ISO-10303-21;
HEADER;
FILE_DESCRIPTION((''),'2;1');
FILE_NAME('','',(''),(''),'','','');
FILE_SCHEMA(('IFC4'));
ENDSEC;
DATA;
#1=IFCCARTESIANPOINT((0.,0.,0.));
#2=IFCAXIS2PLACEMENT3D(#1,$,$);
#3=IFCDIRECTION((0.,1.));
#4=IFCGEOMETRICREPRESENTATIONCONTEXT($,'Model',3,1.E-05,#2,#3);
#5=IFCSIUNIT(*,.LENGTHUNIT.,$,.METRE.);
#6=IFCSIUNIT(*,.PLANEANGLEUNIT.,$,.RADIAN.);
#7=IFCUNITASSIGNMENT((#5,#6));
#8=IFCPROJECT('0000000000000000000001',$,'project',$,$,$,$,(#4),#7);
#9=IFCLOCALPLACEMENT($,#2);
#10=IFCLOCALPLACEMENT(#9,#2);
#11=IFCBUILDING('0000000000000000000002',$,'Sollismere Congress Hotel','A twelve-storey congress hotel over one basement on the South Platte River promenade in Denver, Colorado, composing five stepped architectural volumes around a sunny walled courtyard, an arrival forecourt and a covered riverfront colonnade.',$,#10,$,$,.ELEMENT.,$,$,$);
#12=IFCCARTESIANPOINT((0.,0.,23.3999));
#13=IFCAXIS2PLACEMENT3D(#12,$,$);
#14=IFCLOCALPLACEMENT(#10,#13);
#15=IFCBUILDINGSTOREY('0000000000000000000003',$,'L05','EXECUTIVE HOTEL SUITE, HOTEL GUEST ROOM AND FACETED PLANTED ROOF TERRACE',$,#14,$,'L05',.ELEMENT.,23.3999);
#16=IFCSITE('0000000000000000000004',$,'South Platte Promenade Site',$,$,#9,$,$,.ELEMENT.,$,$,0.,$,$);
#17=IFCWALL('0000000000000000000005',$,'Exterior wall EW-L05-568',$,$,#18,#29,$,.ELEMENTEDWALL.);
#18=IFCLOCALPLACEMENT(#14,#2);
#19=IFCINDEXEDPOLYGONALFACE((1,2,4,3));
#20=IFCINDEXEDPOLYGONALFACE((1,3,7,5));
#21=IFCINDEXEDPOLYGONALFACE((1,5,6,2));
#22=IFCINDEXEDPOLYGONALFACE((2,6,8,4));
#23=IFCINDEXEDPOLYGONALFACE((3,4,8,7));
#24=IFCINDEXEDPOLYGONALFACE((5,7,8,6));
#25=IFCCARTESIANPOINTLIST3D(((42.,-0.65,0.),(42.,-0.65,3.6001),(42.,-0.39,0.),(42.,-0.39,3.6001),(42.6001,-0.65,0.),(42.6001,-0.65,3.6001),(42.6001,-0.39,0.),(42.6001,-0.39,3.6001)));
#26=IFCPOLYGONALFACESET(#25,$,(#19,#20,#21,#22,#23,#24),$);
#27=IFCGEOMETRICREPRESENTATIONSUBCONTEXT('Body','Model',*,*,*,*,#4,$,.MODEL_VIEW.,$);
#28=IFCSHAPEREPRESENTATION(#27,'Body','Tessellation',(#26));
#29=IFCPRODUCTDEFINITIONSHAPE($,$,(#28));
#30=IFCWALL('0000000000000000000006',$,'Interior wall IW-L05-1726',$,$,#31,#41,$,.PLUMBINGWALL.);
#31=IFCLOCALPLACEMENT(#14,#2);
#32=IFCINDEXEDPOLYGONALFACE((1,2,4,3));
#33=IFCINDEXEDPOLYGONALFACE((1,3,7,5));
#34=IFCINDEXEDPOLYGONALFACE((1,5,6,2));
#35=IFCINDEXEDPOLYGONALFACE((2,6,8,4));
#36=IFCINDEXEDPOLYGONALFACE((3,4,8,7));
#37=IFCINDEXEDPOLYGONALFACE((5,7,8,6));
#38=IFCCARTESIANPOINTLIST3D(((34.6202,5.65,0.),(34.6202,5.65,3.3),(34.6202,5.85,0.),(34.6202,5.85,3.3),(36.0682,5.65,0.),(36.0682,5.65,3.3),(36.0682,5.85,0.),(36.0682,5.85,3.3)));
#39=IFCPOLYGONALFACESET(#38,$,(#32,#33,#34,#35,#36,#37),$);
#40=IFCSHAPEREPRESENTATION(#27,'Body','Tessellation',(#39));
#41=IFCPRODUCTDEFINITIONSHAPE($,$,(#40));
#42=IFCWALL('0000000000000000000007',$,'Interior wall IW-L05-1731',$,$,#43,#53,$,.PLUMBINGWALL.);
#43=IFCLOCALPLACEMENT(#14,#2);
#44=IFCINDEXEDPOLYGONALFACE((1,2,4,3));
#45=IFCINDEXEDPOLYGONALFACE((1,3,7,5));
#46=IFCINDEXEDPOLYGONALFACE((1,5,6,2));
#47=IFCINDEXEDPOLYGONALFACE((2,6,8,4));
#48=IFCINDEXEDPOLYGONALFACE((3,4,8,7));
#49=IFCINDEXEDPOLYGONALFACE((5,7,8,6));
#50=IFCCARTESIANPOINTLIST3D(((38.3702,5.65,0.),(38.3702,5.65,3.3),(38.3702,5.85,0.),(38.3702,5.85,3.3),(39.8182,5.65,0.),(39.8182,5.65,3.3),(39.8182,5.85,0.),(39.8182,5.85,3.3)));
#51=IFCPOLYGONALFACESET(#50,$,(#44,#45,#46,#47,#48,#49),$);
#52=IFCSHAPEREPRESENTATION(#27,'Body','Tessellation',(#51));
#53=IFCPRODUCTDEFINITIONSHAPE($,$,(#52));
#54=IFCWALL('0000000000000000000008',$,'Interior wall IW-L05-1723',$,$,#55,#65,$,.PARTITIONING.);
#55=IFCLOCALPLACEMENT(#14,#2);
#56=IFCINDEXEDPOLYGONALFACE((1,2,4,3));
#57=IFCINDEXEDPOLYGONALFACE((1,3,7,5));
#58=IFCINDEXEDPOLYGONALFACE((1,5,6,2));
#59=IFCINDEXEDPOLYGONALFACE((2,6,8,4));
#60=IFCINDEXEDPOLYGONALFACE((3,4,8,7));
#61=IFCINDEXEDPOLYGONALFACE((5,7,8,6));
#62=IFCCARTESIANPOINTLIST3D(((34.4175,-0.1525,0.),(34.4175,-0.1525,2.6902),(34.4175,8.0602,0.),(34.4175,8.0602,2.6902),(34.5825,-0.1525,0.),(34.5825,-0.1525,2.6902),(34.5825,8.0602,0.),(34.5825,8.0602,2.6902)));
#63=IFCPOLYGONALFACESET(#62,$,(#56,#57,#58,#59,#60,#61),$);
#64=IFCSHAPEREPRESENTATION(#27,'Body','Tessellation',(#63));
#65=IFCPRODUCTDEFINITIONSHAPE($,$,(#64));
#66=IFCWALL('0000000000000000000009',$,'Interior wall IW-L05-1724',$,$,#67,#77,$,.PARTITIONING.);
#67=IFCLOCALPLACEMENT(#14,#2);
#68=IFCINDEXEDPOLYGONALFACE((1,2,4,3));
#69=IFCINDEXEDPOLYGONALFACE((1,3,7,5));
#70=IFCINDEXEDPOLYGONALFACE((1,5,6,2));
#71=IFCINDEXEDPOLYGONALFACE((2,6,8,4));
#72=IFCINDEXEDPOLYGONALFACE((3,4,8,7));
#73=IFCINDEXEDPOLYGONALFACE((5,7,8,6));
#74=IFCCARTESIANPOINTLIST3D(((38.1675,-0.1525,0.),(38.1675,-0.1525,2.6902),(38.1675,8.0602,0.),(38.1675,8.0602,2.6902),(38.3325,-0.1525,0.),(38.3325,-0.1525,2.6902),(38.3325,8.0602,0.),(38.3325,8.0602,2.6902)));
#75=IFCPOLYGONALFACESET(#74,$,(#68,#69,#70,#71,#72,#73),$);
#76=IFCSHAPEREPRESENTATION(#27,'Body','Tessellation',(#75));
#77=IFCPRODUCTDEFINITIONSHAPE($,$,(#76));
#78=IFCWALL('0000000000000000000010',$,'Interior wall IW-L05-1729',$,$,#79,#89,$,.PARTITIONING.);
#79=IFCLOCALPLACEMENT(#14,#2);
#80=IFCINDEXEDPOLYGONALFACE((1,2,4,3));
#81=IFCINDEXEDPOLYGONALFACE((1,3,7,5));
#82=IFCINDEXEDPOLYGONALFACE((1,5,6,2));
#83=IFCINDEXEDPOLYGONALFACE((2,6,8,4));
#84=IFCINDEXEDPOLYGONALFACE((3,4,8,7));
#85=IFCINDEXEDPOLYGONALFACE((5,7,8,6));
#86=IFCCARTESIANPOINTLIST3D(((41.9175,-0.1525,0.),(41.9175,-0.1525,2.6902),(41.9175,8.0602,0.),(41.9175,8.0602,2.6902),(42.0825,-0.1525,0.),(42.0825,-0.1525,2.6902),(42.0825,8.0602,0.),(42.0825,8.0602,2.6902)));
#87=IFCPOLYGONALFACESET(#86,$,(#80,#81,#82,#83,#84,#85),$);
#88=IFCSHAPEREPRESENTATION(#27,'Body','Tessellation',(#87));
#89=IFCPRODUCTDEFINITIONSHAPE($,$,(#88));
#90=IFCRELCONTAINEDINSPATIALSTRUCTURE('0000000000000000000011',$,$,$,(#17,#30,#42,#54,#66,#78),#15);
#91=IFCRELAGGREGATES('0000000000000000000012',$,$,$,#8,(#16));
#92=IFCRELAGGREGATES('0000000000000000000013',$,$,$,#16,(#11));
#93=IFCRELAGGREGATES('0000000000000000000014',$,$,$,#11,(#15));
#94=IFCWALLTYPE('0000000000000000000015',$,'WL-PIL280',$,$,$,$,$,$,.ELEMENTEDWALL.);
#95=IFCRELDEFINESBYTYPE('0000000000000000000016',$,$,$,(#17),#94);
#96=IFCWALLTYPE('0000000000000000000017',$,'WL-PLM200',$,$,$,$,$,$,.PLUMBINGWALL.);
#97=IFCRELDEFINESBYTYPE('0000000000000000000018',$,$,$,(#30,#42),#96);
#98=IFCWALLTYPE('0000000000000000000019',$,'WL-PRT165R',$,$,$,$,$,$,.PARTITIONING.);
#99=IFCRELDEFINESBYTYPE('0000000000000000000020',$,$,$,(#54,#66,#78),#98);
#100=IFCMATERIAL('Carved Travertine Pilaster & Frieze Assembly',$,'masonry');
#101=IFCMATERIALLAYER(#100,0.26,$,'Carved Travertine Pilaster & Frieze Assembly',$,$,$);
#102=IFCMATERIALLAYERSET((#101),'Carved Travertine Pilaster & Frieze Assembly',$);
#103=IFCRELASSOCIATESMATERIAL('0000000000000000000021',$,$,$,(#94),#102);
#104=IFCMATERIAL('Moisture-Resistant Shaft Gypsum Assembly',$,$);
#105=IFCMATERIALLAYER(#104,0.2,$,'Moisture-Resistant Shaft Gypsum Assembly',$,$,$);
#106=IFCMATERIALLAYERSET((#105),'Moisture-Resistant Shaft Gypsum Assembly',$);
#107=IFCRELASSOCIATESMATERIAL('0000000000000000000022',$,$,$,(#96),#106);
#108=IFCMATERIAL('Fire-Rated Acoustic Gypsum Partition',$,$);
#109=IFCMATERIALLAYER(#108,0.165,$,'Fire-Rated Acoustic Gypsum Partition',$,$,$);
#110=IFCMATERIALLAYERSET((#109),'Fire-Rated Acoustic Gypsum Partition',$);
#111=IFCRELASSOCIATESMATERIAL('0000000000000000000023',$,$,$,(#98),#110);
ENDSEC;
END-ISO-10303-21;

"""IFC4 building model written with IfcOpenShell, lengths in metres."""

from ifc_helpers import new_model, si_unit, direction, frame, frame_2d, origin, place, context, subcontext, project, spatial, rectangle, extrude, material, layer, layer_set, type_object, element, save


model = new_model("IFC4")

# Units and contexts
model_context = context("Model", 3, precision=1e-05, world=origin(), true_north=direction((0.0, 1.0)))
body_context = subcontext(model_context, "Body", "Model", "MODEL_VIEW")
ifc_project = project(units=[si_unit("LENGTHUNIT", "METRE"), si_unit("PLANEANGLEUNIT", "RADIAN")], contexts=[model_context])

# Site, building, storey
site_placement = place(None, origin())
site = spatial("IfcSite", under=ifc_project, at=site_placement, Name="South Platte Promenade Site", CompositionType="ELEMENT", RefElevation=0.0)
building_placement = place(site_placement, origin())
building = spatial("IfcBuilding", under=site, at=building_placement, Name="Sollismere Congress Hotel", Description="A twelve-storey congress hotel over one basement on the South Platte River promenade in Denver, Colorado, composing five stepped architectural volumes around a sunny walled courtyard, an arrival forecourt and a covered riverfront colonnade.", CompositionType="ELEMENT")
storey_placement = place(building_placement, frame((0.0, 0.0, 23.3999)))
storey = spatial("IfcBuildingStorey", under=building, at=storey_placement, Name="L05", Description="EXECUTIVE HOTEL SUITE, HOTEL GUEST ROOM AND FACETED PLANTED ROOF TERRACE", LongName="L05", CompositionType="ELEMENT", Elevation=23.3999)

# Walls
ifc_material_1 = material(Name="Carved Travertine Pilaster & Frieze Assembly", Category="masonry")
ifc_layer_1 = layer(ifc_material_1, 0.26, Name="Carved Travertine Pilaster & Frieze Assembly")
ifc_layer_set_1 = layer_set([ifc_layer_1], Name="Carved Travertine Pilaster & Frieze Assembly")
wall_type_1 = type_object("IfcWallType", Name="WL-PIL280", PredefinedType="ELEMENTEDWALL", material=ifc_layer_set_1)
wall_1_placement = place(storey_placement, frame((42.0, -0.52, 0.0), z_axis=(0.0, 0.0, 1.0), x_axis=(1.0, 0.0, 0.0)))
element("IfcWall", 1, at=wall_1_placement, inside=storey, type_object=wall_type_1, Name="Exterior wall EW-L05-568", PredefinedType="ELEMENTEDWALL", context=body_context, shape_type="SweptSolid", body=[
    extrude(rectangle(XDim=0.6001, YDim=0.26, at=frame_2d((0.3, 0.0))), origin(), (0.0, 0.0, 1.0), 3.6001),
])
ifc_material_2 = material(Name="Moisture-Resistant Shaft Gypsum Assembly")
ifc_layer_2 = layer(ifc_material_2, 0.2, Name="Moisture-Resistant Shaft Gypsum Assembly")
ifc_layer_set_2 = layer_set([ifc_layer_2], Name="Moisture-Resistant Shaft Gypsum Assembly")
wall_type_2 = type_object("IfcWallType", Name="WL-PLM200", PredefinedType="PLUMBINGWALL", material=ifc_layer_set_2)
for number, where, z_axis, x_axis, name in (
    (2, (34.6201, 5.75, 0.0), (0.0, 0.0, 1.0), (1.0, 0.0, 0.0), "Interior wall IW-L05-1726"),
    (3, (38.3701, 5.75, 0.0), (0.0, 0.0, 1.0), (1.0, 0.0, 0.0), "Interior wall IW-L05-1731"),
):
    element("IfcWall", number, at=place(storey_placement, frame(where, z_axis=z_axis, x_axis=x_axis)), inside=storey, type_object=wall_type_2, Name=name, PredefinedType="PLUMBINGWALL", context=body_context, shape_type="SweptSolid", body=[
        extrude(rectangle(XDim=1.448, YDim=0.2, at=frame_2d((0.7241, 0.0))), origin(), (0.0, 0.0, 1.0), 3.3),
    ])
ifc_material_3 = material(Name="Fire-Rated Acoustic Gypsum Partition")
ifc_layer_3 = layer(ifc_material_3, 0.165, Name="Fire-Rated Acoustic Gypsum Partition")
ifc_layer_set_3 = layer_set([ifc_layer_3], Name="Fire-Rated Acoustic Gypsum Partition")
wall_type_3 = type_object("IfcWallType", Name="WL-PRT165R", PredefinedType="PARTITIONING", material=ifc_layer_set_3)
for number, where, z_axis, x_axis, name in (
    (4, (34.5, -0.1526, 0.0), (0.0, 0.0, 1.0), (0.0, 1.0, 0.0), "Interior wall IW-L05-1723"),
    (5, (38.25, -0.1526, 0.0), (0.0, 0.0, 1.0), (0.0, 1.0, 0.0), "Interior wall IW-L05-1724"),
    (6, (42.0, -0.1526, 0.0), (0.0, 0.0, 1.0), (0.0, 1.0, 0.0), "Interior wall IW-L05-1729"),
):
    element("IfcWall", number, at=place(storey_placement, frame(where, z_axis=z_axis, x_axis=x_axis)), inside=storey, type_object=wall_type_3, Name=name, PredefinedType="PARTITIONING", context=body_context, shape_type="SweptSolid", body=[
        extrude(rectangle(XDim=8.2126, YDim=0.165, at=frame_2d((4.1064, 0.0))), origin(), (0.0, 0.0, 1.0), 2.6902),
    ])

save(model, "model.ifc")
